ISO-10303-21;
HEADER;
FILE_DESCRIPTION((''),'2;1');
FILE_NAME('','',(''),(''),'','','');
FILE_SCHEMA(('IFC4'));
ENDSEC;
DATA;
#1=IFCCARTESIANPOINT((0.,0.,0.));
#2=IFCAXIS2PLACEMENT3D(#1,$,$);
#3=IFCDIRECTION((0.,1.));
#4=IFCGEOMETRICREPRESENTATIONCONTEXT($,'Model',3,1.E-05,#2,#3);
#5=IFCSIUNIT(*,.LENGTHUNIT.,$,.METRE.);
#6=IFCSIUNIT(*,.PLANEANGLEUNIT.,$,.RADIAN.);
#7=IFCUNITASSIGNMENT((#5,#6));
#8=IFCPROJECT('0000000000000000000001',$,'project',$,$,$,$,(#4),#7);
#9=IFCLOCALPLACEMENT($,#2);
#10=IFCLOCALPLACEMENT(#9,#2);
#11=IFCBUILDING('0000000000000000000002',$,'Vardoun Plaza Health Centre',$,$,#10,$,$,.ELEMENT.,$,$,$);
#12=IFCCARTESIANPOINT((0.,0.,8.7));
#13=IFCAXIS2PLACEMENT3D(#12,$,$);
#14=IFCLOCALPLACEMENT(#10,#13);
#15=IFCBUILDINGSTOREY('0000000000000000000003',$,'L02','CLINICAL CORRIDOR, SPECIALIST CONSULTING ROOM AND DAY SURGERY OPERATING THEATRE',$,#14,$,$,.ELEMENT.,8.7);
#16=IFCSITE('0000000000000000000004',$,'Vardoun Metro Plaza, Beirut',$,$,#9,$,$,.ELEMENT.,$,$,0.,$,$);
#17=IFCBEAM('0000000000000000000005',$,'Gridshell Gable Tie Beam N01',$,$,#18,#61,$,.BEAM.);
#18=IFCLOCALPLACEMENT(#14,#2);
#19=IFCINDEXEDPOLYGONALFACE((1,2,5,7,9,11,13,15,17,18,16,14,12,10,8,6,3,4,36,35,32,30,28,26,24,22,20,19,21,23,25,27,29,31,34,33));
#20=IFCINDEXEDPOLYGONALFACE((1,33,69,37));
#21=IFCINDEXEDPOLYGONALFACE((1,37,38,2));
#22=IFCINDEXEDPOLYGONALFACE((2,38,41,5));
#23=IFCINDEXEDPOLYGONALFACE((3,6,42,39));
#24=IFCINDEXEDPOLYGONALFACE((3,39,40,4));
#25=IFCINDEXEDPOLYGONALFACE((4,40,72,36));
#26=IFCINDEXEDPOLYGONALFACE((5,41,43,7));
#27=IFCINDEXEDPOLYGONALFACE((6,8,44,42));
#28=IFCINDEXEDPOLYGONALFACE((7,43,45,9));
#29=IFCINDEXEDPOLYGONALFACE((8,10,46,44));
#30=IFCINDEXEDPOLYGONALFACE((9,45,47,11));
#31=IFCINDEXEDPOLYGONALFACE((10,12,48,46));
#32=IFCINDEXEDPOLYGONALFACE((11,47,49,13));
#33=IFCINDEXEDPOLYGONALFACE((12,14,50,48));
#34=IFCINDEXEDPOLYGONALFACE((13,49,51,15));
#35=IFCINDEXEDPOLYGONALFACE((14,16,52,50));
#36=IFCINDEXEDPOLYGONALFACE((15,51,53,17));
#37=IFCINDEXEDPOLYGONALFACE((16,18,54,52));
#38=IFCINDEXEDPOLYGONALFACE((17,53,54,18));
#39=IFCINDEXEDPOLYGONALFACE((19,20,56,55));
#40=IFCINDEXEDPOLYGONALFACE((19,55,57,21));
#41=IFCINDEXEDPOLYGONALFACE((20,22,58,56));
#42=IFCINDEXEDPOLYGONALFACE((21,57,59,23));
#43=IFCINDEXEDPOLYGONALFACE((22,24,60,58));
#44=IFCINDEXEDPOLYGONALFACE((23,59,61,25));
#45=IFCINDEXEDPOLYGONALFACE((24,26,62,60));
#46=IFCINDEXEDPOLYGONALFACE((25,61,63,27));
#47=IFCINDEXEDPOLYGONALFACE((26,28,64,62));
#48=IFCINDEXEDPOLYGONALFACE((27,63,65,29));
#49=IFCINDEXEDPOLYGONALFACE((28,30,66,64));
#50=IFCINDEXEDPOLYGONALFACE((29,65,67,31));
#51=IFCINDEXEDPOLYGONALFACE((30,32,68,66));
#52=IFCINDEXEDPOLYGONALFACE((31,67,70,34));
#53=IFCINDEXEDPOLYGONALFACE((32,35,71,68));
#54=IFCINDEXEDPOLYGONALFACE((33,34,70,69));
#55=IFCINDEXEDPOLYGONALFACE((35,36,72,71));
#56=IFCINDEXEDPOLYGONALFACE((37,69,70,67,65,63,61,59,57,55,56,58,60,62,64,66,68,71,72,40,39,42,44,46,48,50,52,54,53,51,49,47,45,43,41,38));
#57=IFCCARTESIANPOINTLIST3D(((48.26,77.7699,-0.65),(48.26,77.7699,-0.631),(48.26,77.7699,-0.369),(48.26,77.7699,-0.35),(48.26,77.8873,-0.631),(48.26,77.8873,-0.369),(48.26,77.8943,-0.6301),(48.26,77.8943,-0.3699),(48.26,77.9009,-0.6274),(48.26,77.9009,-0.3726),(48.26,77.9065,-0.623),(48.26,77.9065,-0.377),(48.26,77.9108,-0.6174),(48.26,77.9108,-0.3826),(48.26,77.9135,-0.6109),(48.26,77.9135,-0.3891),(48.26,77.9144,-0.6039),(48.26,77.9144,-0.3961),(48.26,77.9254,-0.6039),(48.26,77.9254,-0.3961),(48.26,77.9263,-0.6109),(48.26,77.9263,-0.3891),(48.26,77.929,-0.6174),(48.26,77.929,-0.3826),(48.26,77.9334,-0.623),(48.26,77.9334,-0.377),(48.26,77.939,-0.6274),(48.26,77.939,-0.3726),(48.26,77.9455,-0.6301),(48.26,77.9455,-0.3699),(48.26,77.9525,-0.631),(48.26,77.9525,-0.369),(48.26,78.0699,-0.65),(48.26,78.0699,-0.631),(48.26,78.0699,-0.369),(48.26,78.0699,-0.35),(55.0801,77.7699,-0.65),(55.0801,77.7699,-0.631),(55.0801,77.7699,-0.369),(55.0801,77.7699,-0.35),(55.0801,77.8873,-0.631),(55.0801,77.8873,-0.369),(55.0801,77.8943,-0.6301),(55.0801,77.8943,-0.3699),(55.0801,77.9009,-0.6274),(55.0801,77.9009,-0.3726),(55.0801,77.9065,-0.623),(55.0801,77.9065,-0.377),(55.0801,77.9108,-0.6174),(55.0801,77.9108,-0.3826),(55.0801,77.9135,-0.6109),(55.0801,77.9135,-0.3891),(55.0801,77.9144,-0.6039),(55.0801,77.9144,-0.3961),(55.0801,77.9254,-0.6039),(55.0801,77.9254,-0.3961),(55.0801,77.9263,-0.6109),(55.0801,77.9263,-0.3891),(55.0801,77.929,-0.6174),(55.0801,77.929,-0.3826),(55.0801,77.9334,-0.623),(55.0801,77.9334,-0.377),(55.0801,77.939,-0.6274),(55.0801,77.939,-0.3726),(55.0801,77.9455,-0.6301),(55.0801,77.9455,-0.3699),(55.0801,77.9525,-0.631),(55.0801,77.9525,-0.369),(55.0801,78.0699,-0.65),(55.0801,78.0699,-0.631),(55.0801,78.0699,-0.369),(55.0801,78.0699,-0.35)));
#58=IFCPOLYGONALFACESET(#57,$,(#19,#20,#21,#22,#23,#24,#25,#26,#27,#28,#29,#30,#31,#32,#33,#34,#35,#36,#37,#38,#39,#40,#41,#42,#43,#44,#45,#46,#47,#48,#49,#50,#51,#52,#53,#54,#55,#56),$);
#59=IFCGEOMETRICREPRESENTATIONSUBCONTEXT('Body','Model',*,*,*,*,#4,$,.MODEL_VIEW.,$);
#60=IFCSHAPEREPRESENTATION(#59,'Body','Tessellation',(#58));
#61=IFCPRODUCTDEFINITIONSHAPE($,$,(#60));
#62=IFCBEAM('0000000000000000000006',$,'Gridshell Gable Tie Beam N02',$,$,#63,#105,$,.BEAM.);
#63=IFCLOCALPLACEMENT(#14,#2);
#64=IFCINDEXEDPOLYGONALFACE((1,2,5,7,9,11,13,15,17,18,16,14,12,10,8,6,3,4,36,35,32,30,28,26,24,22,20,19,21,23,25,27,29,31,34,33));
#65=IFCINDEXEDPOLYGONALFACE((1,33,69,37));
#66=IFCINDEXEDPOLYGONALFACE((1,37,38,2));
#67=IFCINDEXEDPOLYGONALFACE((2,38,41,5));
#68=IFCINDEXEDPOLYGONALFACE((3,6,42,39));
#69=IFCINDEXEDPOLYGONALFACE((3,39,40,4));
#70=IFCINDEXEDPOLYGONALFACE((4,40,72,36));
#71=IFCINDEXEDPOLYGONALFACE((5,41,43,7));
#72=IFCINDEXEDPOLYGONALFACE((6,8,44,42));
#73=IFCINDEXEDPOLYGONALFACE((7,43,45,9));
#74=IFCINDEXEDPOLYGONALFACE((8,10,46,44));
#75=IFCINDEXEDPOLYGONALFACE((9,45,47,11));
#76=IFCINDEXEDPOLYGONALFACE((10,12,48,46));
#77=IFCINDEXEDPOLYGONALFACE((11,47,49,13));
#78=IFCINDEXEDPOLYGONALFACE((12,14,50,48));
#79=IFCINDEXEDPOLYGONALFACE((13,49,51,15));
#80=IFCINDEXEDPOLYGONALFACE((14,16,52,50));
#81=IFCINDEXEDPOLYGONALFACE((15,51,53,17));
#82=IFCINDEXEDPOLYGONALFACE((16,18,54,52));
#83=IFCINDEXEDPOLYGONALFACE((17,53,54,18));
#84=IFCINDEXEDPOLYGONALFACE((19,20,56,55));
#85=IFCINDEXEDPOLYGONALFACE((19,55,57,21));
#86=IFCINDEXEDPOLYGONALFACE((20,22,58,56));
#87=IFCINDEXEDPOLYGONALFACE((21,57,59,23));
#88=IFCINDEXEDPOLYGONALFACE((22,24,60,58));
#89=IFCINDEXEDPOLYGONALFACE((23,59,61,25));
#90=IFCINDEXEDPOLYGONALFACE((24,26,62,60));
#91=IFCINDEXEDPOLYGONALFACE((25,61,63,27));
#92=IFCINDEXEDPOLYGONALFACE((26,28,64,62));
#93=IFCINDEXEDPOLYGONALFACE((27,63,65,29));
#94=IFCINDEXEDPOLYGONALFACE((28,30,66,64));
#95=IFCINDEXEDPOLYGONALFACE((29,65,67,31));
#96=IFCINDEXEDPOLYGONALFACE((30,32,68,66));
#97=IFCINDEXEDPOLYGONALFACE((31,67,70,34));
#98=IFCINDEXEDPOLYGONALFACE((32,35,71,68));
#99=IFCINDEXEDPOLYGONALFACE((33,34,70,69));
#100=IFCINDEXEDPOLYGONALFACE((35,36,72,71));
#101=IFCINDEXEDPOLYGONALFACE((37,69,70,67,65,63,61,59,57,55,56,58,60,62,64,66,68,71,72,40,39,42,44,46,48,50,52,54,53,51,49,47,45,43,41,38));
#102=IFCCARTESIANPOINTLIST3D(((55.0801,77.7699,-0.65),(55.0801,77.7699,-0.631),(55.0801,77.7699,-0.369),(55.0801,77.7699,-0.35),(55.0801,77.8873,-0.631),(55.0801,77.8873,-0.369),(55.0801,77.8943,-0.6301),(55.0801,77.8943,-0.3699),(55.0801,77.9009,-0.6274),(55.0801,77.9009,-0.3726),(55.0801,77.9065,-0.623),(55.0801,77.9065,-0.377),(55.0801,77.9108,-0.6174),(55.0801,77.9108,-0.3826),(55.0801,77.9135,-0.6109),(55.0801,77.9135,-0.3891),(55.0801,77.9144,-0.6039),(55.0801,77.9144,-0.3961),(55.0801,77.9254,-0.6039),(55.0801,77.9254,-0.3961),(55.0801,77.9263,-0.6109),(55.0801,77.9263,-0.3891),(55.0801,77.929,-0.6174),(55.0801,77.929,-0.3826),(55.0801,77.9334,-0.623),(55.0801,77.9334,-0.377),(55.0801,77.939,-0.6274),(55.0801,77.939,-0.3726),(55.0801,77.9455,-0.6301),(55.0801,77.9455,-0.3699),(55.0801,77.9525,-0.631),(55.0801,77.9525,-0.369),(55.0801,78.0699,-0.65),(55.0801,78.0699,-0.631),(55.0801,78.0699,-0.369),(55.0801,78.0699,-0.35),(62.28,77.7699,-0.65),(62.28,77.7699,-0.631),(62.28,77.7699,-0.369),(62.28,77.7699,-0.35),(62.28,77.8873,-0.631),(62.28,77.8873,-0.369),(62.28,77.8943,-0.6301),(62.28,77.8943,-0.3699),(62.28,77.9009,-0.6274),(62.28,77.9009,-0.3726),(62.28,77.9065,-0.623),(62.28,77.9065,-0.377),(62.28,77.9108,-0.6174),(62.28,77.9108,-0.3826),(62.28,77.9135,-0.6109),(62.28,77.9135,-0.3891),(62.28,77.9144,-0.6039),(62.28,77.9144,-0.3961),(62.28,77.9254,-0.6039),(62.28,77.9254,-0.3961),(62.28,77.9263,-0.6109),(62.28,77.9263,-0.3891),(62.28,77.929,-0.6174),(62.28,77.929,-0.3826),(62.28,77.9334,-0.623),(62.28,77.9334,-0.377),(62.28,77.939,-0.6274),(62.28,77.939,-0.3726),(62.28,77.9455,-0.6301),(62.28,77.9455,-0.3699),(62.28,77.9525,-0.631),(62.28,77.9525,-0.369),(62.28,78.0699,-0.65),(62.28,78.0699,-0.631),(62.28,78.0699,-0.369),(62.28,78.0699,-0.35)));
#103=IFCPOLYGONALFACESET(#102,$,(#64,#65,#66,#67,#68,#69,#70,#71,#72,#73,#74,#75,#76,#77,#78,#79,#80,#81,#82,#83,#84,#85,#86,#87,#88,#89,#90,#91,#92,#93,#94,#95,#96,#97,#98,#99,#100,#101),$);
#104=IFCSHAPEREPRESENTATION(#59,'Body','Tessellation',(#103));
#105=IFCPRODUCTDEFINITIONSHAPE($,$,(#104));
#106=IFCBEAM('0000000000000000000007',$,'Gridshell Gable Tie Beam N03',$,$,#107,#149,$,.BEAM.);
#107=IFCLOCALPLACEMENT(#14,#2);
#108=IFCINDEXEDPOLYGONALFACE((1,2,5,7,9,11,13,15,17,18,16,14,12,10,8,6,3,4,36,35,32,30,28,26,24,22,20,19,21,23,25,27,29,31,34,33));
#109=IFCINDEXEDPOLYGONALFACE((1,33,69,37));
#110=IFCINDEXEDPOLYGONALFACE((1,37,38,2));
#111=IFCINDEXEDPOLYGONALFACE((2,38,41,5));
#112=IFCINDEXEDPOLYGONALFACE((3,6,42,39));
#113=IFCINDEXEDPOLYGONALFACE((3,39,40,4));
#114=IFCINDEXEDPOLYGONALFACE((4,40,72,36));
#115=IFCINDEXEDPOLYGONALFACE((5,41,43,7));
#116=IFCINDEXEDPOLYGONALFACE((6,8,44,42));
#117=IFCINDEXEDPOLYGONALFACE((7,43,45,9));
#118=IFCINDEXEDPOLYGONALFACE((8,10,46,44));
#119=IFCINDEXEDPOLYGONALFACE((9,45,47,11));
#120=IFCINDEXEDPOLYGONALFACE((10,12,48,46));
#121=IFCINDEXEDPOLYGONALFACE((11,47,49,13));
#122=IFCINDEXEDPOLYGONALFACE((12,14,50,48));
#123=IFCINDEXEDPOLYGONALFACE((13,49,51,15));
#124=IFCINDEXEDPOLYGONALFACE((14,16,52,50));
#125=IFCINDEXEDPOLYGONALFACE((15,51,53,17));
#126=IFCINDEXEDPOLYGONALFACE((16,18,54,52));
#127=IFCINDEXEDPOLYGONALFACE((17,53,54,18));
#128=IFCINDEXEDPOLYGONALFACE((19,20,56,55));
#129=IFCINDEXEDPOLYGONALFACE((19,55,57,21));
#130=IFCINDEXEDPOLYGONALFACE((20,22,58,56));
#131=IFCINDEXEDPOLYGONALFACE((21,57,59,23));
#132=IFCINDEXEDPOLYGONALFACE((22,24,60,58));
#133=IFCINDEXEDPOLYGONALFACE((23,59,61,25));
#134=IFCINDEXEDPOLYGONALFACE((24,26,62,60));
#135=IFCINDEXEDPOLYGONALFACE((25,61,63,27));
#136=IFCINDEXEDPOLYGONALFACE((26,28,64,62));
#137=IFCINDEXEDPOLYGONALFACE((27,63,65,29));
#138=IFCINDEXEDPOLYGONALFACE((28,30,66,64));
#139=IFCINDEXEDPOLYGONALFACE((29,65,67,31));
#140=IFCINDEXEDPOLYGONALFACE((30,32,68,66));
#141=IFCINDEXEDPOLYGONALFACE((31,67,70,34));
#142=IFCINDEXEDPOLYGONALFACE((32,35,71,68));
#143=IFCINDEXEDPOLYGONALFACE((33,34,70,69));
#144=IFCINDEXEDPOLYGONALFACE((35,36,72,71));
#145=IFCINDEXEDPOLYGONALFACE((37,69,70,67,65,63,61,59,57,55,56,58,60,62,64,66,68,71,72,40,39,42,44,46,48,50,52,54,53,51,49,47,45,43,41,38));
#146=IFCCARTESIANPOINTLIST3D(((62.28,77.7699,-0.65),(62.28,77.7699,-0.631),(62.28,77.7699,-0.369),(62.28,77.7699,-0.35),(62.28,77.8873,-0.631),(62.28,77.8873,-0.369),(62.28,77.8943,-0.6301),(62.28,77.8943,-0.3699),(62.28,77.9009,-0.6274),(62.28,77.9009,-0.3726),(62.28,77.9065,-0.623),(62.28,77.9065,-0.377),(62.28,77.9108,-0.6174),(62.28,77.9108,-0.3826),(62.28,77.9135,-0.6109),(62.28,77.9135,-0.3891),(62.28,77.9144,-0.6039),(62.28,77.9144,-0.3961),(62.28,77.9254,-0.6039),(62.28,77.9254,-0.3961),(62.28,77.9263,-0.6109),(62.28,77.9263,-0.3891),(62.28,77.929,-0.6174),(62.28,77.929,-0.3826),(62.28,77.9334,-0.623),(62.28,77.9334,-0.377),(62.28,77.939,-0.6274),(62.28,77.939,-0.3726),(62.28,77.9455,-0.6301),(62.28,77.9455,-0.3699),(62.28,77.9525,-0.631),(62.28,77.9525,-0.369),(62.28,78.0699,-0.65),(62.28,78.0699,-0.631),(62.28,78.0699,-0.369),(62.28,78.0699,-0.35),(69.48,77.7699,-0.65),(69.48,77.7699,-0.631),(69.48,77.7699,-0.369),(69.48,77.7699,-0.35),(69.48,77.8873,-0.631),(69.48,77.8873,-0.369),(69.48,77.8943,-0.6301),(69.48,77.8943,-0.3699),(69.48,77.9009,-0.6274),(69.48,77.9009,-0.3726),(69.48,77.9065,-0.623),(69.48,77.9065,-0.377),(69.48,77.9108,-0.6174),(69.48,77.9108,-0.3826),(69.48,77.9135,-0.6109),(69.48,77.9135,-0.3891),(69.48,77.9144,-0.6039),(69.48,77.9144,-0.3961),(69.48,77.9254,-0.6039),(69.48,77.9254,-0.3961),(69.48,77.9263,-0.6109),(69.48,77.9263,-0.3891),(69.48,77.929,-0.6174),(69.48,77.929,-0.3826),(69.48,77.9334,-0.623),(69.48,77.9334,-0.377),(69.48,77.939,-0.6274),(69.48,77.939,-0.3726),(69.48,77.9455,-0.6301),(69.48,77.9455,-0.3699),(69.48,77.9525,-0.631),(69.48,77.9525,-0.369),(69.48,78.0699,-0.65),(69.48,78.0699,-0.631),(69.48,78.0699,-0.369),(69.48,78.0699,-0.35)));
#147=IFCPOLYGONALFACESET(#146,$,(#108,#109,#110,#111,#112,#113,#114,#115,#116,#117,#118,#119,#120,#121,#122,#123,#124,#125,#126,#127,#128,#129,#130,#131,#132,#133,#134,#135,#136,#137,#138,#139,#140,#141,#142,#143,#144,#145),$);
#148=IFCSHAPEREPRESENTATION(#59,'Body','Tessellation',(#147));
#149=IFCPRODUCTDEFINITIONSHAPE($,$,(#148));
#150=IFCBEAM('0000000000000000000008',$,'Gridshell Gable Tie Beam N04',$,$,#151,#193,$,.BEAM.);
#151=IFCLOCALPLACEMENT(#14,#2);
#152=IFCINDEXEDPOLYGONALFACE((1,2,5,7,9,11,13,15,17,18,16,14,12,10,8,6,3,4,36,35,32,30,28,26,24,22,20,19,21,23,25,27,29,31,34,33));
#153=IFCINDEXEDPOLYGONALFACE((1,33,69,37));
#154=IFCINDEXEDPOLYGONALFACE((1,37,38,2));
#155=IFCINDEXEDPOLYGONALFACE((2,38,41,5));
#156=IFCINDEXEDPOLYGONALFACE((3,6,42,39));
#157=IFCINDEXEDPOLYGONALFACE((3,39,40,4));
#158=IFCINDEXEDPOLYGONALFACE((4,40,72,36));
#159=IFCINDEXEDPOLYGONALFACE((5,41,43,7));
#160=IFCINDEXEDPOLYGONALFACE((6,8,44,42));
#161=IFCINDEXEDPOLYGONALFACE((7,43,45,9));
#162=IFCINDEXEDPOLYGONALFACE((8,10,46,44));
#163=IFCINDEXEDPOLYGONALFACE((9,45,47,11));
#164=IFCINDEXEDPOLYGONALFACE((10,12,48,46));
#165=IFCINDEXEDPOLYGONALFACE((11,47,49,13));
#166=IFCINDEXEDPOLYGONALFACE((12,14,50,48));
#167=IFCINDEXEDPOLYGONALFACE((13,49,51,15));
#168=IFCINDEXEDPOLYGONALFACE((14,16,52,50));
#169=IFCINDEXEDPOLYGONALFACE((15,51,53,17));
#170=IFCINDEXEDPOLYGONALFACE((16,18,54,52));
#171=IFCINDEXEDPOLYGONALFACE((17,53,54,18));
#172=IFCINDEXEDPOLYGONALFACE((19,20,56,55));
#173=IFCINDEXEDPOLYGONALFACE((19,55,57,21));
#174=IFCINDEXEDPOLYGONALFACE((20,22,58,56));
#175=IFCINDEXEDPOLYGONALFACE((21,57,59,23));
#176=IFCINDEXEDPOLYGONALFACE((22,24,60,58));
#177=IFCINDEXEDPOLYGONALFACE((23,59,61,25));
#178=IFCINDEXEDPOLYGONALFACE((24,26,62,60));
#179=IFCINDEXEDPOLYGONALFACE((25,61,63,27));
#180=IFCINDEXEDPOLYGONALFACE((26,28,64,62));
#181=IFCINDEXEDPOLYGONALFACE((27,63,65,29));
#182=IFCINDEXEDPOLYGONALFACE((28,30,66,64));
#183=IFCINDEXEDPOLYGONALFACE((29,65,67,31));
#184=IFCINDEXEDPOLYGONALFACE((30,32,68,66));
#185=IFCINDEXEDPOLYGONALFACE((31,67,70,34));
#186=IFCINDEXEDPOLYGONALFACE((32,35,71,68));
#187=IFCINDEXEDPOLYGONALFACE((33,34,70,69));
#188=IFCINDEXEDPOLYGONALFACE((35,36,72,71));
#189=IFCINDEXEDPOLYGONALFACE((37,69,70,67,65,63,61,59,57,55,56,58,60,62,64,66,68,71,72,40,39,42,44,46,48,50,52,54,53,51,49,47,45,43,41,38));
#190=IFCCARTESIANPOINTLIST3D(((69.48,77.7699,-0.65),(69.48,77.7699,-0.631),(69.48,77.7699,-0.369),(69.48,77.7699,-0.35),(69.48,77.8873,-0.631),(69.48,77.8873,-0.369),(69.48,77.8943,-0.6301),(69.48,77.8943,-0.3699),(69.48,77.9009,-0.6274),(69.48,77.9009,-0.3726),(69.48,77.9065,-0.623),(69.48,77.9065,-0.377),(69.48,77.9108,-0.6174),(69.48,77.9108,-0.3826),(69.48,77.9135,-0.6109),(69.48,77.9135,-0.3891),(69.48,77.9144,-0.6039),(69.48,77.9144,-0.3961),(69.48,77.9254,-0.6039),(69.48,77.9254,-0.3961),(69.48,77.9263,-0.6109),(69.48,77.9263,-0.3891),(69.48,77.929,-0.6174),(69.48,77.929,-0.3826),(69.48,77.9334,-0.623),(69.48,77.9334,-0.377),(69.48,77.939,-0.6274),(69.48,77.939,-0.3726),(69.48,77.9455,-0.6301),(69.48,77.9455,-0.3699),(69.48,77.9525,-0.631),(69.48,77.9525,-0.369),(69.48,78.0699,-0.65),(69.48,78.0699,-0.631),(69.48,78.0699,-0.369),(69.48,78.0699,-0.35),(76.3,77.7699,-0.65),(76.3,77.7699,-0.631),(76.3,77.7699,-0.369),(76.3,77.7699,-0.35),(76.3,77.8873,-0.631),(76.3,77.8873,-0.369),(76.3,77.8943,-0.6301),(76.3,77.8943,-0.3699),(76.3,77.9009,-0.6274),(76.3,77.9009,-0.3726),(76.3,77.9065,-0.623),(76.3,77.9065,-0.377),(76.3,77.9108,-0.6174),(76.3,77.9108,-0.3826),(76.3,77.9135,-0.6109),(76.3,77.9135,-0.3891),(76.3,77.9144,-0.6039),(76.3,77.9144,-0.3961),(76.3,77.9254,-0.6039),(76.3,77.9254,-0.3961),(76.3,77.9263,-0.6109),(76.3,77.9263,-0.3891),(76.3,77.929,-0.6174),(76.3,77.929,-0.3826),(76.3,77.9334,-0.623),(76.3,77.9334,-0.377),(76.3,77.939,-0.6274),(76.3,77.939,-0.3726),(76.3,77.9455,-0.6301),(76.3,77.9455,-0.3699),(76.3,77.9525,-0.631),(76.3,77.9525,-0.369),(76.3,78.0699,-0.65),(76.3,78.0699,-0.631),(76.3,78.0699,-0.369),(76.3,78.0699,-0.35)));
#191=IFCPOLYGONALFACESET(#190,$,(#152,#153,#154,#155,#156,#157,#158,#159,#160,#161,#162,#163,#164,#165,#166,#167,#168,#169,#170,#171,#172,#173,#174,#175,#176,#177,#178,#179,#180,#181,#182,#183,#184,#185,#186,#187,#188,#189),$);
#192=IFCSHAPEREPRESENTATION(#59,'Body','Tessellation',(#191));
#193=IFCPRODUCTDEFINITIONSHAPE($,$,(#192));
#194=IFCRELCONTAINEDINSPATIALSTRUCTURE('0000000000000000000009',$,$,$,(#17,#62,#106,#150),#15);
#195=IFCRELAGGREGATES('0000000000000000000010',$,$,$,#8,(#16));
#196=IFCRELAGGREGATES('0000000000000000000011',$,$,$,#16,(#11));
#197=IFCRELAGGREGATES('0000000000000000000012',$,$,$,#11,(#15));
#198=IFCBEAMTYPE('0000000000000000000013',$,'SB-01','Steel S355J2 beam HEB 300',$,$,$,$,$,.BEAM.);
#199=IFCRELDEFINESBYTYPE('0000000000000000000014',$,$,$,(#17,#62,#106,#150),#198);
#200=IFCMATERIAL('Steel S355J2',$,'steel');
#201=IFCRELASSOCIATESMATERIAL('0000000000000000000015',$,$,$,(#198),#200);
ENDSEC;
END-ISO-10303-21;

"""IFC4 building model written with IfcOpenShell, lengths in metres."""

from ifc_helpers import new_model, si_unit, direction, frame, origin, origin_2d, place, context, subcontext, project, spatial, i_section, extrude, material, material_profile, profile_set, type_object, element, save


model = new_model("IFC4")

# Units and contexts
model_context = context("Model", 3, precision=1e-05, world=origin(), true_north=direction((0.0, 1.0)))
body_context = subcontext(model_context, "Body", "Model", "MODEL_VIEW")
ifc_project = project(units=[si_unit("LENGTHUNIT", "METRE"), si_unit("PLANEANGLEUNIT", "RADIAN")], contexts=[model_context])

# Site, building, storey
site_placement = place(None, origin())
site = spatial("IfcSite", under=ifc_project, at=site_placement, Name="Vardoun Metro Plaza, Beirut", CompositionType="ELEMENT", RefElevation=0.0)
building_placement = place(site_placement, origin())
building = spatial("IfcBuilding", under=site, at=building_placement, Name="Vardoun Plaza Health Centre", CompositionType="ELEMENT")
storey_placement = place(building_placement, frame((0.0, 0.0, 8.7)))
storey = spatial("IfcBuildingStorey", under=building, at=storey_placement, Name="L02", Description="CLINICAL CORRIDOR, SPECIALIST CONSULTING ROOM AND DAY SURGERY OPERATING THEATRE", CompositionType="ELEMENT", Elevation=8.7)

# Beams
ifc_material_1 = material(Name="Steel S355J2", Category="steel")
ifc_material_profile_1 = material_profile(ifc_material_1, i_section(OverallWidth=0.3, OverallDepth=0.3, WebThickness=0.011, FlangeThickness=0.019, FilletRadius=0.0271, at=origin_2d()), Name="HEB 300")
ifc_profile_set_1 = profile_set([ifc_material_profile_1], Name="Steel S355J2")
beam_type_1 = type_object("IfcBeamType", Name="SB-01", Description="Steel S355J2 beam HEB 300", PredefinedType="BEAM", material=ifc_profile_set_1)
beam_1_placement = place(storey_placement, frame((48.26, 77.9199, -0.5), z_axis=(1.0, 0.0, 0.0), x_axis=(0.0, 1.0, 0.0)))
element("IfcBeam", 1, at=beam_1_placement, inside=storey, type_object=beam_type_1, Name="Gridshell Gable Tie Beam N01", PredefinedType="BEAM", context=body_context, shape_type="SweptSolid", body=[
    extrude(i_section(OverallWidth=0.3, OverallDepth=0.3, WebThickness=0.011, FlangeThickness=0.019, FilletRadius=0.0271, at=origin_2d()), origin(), (0.0, 0.0, 1.0), 6.8201),
])
for number, where, z_axis, x_axis, name in (
    (2, (55.0801, 77.9199, -0.5), (1.0, 0.0, 0.0), (0.0, 1.0, 0.0), "Gridshell Gable Tie Beam N02"),
    (3, (62.28, 77.9199, -0.5), (1.0, 0.0, 0.0), (0.0, 1.0, 0.0), "Gridshell Gable Tie Beam N03"),
):
    element("IfcBeam", number, at=place(storey_placement, frame(where, z_axis=z_axis, x_axis=x_axis)), inside=storey, type_object=beam_type_1, Name=name, PredefinedType="BEAM", context=body_context, shape_type="SweptSolid", body=[
        extrude(i_section(OverallWidth=0.3, OverallDepth=0.3, WebThickness=0.011, FlangeThickness=0.019, FilletRadius=0.0271, at=origin_2d()), origin(), (0.0, 0.0, 1.0), 7.2),
    ])
beam_2_placement = place(storey_placement, frame((69.48, 77.9199, -0.5), z_axis=(1.0, 0.0, 0.0), x_axis=(0.0, 1.0, 0.0)))
element("IfcBeam", 4, at=beam_2_placement, inside=storey, type_object=beam_type_1, Name="Gridshell Gable Tie Beam N04", PredefinedType="BEAM", context=body_context, shape_type="SweptSolid", body=[
    extrude(i_section(OverallWidth=0.3, OverallDepth=0.3, WebThickness=0.011, FlangeThickness=0.019, FilletRadius=0.0271, at=origin_2d()), origin(), (0.0, 0.0, 1.0), 6.8201),
])

save(model, "model.ifc")
